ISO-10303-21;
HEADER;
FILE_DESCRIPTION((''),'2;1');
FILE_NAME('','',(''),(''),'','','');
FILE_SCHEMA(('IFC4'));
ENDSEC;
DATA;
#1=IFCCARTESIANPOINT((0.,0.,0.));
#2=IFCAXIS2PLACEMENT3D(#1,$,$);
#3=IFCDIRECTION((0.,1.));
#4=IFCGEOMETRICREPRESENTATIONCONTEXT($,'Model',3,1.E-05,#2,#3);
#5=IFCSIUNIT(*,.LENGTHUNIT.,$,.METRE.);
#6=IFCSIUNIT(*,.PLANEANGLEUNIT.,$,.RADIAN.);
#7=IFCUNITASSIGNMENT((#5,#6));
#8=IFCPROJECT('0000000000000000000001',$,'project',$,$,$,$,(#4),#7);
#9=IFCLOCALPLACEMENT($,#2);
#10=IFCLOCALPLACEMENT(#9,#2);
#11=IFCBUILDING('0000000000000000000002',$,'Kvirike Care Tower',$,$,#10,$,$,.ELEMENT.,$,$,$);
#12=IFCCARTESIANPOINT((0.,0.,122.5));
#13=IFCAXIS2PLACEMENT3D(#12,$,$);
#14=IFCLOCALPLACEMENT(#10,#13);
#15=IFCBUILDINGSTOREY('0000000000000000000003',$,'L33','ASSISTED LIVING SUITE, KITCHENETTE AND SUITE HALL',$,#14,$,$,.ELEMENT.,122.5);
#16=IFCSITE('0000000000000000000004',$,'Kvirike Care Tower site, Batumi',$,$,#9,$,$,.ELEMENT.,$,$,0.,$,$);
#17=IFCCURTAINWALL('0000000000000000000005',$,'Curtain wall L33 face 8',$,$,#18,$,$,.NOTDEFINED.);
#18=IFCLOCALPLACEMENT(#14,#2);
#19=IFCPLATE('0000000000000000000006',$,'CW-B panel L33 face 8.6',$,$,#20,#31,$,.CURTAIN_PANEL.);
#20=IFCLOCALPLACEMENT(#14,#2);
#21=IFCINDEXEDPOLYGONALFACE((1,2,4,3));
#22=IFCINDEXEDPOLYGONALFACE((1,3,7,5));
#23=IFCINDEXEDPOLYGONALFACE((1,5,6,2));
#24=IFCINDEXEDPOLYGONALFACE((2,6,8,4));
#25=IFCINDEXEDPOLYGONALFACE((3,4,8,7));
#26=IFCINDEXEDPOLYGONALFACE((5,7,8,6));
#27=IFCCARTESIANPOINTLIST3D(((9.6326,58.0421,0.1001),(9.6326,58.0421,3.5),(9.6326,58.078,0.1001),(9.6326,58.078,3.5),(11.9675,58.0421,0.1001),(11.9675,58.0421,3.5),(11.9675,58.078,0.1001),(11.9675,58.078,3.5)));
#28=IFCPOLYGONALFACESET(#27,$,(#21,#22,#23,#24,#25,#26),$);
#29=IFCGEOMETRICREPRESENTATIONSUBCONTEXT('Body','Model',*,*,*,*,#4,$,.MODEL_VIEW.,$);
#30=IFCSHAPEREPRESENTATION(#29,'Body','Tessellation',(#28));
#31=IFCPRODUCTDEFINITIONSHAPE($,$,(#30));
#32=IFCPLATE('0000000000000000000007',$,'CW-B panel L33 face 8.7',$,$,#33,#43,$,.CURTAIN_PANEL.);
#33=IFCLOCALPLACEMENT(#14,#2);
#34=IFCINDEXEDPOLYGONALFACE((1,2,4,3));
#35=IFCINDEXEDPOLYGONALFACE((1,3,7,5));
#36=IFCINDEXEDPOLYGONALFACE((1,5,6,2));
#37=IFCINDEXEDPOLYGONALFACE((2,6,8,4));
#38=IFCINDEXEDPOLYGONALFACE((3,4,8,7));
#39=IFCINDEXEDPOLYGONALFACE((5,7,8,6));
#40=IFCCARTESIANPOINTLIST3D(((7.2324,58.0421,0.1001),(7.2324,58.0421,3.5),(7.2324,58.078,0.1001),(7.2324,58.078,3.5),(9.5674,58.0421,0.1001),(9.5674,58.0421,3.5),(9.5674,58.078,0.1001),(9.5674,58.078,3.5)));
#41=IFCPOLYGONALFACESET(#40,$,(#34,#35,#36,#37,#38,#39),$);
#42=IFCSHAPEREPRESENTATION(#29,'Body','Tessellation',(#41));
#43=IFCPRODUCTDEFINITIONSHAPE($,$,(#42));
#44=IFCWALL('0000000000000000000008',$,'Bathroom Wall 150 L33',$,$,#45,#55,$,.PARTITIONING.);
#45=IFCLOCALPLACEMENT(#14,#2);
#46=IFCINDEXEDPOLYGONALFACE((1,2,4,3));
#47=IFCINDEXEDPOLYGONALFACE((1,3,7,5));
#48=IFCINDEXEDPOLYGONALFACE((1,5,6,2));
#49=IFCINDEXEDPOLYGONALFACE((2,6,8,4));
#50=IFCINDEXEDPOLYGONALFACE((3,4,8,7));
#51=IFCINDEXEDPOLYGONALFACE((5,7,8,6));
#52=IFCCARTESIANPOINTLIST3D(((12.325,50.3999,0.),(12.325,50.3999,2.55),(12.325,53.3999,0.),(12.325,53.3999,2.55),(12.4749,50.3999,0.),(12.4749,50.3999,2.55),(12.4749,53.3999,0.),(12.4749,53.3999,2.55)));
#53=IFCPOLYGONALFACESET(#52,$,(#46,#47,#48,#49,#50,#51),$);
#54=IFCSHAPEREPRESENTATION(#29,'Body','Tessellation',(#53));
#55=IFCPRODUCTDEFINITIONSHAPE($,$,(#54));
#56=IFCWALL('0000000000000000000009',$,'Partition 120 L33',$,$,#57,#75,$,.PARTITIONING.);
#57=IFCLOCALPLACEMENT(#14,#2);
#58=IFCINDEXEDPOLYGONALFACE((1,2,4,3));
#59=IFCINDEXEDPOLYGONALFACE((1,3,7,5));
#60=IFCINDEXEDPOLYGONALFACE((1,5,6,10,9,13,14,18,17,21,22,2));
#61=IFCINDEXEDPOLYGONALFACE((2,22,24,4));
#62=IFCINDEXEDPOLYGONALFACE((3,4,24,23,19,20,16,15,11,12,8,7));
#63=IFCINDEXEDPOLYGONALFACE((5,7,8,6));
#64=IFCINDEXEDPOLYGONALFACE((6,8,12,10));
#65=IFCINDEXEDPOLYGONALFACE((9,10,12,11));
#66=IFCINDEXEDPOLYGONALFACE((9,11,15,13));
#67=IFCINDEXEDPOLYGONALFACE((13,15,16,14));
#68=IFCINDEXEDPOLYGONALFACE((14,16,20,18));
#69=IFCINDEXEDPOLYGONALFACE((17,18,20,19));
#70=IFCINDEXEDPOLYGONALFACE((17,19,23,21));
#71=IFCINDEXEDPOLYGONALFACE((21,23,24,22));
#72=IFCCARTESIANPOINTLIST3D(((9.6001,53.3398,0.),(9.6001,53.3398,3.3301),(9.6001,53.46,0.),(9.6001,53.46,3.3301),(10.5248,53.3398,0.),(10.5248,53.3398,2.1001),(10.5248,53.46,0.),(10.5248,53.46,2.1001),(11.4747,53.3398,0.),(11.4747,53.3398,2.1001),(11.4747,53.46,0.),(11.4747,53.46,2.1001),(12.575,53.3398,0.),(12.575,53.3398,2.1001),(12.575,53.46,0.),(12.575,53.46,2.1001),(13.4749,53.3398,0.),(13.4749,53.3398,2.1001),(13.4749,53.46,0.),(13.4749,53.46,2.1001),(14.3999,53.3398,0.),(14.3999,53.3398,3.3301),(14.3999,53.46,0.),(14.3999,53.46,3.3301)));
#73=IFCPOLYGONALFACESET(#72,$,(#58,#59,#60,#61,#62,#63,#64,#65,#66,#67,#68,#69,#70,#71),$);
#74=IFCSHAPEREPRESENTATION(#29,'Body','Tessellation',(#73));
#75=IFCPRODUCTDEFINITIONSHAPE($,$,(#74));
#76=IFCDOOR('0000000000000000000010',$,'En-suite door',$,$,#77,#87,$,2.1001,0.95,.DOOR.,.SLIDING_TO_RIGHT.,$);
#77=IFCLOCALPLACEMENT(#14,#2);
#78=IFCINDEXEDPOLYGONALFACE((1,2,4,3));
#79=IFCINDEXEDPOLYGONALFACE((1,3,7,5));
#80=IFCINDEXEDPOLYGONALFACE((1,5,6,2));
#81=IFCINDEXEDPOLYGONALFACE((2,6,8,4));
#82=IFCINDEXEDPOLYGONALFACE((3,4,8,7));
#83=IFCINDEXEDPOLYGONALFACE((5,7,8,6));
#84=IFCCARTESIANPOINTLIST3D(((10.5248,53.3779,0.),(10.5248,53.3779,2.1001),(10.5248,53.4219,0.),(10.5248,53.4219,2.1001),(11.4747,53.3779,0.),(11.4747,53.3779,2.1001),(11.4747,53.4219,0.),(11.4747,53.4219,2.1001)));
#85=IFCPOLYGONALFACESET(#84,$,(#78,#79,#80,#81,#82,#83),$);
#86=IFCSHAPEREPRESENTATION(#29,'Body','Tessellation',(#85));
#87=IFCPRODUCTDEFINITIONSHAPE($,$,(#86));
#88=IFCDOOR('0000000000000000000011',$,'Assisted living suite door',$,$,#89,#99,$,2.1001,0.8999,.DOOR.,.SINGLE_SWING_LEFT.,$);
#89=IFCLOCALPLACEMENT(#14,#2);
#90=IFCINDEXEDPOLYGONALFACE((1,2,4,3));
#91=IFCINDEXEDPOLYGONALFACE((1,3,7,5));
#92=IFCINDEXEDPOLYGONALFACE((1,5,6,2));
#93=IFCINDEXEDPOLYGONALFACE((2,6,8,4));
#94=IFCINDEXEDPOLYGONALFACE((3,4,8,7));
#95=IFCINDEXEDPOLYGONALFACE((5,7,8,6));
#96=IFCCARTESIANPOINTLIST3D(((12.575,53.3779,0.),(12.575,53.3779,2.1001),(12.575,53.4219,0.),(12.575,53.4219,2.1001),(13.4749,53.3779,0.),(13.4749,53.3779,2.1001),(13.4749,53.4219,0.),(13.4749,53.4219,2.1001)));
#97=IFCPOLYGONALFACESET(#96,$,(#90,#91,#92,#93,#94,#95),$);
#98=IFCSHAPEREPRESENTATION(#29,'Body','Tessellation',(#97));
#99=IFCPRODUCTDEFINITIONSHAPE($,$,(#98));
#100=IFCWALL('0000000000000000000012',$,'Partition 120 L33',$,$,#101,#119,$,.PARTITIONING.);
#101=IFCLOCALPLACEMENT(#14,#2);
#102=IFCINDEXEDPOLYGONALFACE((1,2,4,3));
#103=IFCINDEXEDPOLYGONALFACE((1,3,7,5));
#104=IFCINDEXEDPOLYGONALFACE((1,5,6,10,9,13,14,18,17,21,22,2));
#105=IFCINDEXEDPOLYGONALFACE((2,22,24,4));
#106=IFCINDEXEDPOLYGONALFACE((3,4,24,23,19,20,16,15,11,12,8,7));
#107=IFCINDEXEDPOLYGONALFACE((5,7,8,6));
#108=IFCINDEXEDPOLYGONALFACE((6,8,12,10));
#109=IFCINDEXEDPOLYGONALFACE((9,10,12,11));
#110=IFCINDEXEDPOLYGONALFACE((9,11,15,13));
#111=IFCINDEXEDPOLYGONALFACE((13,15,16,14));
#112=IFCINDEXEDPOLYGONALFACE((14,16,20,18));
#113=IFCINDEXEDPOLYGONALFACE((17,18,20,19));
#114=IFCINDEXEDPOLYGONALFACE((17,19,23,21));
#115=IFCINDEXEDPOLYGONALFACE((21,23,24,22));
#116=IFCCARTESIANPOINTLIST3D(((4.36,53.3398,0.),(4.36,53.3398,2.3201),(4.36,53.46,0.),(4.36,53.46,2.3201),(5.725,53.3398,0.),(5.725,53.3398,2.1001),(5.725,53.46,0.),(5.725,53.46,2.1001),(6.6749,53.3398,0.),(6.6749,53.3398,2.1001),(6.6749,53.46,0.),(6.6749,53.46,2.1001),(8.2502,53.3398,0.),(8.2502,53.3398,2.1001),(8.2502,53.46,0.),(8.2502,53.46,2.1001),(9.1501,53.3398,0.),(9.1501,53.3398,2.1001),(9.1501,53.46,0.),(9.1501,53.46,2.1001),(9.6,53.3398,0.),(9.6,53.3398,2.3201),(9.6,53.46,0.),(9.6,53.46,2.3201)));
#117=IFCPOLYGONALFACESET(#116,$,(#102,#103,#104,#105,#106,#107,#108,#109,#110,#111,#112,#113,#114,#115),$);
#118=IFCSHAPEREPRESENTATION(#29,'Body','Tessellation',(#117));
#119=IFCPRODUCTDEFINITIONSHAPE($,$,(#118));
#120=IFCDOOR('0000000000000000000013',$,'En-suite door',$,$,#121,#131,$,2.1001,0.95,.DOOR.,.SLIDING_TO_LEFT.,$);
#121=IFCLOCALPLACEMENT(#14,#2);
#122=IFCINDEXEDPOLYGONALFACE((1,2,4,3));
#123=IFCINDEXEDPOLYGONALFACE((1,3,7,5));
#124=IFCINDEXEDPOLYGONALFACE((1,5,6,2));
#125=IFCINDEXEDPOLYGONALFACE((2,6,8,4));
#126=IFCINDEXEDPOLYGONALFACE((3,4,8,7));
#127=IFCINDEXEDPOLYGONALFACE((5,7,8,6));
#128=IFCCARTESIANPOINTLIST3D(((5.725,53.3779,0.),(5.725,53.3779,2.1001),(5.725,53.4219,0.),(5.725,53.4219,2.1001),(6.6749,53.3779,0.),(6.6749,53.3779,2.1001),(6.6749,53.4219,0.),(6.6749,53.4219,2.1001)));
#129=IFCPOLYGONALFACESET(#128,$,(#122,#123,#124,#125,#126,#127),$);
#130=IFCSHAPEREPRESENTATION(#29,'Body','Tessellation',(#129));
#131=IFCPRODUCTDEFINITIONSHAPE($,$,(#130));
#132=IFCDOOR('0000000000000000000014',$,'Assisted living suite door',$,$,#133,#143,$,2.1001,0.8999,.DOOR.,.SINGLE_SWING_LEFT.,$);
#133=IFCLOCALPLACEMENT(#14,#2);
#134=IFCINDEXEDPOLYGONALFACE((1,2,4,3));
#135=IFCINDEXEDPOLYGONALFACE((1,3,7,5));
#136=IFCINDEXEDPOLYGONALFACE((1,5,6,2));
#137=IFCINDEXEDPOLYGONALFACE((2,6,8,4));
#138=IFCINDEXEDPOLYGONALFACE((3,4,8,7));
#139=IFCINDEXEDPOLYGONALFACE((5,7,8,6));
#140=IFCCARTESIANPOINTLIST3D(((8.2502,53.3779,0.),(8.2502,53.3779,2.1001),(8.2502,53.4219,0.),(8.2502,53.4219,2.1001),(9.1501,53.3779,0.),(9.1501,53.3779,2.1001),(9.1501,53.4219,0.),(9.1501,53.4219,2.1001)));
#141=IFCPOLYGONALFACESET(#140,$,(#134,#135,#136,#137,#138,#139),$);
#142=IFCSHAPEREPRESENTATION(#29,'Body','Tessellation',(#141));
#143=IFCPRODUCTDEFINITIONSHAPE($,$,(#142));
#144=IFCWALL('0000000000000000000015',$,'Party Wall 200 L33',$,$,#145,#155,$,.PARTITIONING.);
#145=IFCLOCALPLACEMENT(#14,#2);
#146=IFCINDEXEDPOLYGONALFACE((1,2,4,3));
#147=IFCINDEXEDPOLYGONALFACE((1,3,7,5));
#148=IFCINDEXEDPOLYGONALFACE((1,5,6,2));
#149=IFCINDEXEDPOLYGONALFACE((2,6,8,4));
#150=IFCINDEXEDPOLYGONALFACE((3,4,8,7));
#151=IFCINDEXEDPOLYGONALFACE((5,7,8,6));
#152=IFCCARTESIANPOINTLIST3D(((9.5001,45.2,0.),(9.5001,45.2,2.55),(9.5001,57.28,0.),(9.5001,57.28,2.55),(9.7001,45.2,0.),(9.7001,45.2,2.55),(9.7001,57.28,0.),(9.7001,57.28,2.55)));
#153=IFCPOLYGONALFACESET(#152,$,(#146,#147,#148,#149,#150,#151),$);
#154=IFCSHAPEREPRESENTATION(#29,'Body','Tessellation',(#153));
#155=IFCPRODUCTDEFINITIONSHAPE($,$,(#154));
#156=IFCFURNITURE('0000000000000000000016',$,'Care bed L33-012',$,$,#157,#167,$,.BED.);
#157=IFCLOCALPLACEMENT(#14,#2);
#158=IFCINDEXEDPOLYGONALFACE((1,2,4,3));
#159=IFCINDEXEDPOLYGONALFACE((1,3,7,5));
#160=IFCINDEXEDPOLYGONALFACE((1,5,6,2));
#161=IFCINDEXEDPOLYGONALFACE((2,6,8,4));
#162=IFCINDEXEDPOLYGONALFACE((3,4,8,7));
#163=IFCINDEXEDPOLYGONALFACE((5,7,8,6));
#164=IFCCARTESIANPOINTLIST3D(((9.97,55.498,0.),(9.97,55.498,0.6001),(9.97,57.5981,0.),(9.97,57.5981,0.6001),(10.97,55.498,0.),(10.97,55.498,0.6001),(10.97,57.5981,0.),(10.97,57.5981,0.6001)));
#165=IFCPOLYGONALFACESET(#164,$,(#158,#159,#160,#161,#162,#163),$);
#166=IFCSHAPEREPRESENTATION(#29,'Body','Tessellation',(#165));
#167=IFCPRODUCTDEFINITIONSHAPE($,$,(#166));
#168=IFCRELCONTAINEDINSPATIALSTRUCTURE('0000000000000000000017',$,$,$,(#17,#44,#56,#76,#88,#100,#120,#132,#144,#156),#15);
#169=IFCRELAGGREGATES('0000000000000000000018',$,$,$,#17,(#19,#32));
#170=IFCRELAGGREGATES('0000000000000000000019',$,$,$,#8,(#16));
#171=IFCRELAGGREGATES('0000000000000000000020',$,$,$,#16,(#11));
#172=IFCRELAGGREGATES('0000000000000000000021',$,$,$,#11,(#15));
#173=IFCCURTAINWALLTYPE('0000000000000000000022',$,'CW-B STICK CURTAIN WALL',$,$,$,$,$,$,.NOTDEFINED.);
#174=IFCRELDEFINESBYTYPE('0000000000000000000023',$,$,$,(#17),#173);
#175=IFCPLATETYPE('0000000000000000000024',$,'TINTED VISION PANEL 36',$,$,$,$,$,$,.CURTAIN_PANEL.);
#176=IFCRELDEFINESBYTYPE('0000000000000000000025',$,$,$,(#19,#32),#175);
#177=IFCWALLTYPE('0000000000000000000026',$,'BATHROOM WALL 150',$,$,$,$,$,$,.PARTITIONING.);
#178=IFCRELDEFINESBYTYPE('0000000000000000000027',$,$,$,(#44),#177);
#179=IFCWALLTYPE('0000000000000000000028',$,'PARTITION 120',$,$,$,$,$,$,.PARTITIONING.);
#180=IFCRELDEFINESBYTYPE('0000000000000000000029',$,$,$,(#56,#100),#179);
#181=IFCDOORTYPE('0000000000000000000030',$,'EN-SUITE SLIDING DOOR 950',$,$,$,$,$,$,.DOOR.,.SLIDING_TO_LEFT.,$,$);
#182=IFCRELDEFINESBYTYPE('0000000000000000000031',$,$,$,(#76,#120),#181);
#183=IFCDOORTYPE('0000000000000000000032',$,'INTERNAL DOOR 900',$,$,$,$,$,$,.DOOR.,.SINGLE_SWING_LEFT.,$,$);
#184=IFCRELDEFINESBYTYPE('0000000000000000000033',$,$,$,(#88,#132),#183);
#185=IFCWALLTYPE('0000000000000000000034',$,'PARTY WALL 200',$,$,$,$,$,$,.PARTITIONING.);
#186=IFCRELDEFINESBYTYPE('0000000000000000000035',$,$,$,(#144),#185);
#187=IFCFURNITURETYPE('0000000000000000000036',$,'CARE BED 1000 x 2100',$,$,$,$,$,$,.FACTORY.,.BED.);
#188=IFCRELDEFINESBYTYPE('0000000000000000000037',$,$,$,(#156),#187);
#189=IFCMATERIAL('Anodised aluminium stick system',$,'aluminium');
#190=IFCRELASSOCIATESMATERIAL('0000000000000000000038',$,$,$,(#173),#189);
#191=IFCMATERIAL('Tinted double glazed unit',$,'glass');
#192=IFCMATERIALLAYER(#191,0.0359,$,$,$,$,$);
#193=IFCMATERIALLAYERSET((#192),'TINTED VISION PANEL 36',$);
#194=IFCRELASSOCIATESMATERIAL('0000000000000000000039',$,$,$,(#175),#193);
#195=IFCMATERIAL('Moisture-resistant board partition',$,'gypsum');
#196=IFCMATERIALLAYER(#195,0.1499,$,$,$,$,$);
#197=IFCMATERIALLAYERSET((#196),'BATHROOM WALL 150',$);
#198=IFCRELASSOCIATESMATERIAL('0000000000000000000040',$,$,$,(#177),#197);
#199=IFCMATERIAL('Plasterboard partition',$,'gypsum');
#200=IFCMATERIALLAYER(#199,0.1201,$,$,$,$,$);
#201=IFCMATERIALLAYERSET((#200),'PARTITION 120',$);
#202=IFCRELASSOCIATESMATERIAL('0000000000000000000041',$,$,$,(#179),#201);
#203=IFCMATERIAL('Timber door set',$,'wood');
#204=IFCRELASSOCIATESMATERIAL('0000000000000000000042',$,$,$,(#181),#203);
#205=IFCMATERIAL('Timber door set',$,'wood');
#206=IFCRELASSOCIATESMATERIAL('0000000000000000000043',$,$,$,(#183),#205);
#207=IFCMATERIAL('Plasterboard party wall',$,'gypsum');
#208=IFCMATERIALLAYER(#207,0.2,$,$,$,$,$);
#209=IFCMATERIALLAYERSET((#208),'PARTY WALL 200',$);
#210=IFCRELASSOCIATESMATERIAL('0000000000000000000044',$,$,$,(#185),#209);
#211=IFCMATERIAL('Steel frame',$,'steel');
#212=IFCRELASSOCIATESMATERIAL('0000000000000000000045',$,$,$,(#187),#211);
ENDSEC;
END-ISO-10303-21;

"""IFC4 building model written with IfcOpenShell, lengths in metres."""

from ifc_helpers import new_model, si_unit, direction, frame, frame_2d, origin, origin_2d, place, context, subcontext, project, spatial, rectangle, extrude, material, layer, layer_set, type_object, element, fill, aggregate, save


model = new_model("IFC4")

# Units and contexts
model_context = context("Model", 3, precision=1e-05, world=origin(), true_north=direction((0.0, 1.0)))
body_context = subcontext(model_context, "Body", "Model", "MODEL_VIEW")
ifc_project = project(units=[si_unit("LENGTHUNIT", "METRE"), si_unit("PLANEANGLEUNIT", "RADIAN")], contexts=[model_context])

# Site, building, storey
site_placement = place(None, origin())
site = spatial("IfcSite", under=ifc_project, at=site_placement, Name="Kvirike Care Tower site, Batumi", CompositionType="ELEMENT", RefElevation=0.0)
building_placement = place(site_placement, origin())
building = spatial("IfcBuilding", under=site, at=building_placement, Name="Kvirike Care Tower", CompositionType="ELEMENT")
storey_placement = place(building_placement, frame((0.0, 0.0, 122.5)))
storey = spatial("IfcBuildingStorey", under=building, at=storey_placement, Name="L33", Description="ASSISTED LIVING SUITE, KITCHENETTE AND SUITE HALL", CompositionType="ELEMENT", Elevation=122.5)

# Curtain wall
ifc_material_1 = material(Name="Anodised aluminium stick system", Category="aluminium")
curtain_wall_type = type_object("IfcCurtainWallType", Name="CW-B STICK CURTAIN WALL", PredefinedType="NOTDEFINED", material=ifc_material_1)
curtain_wall_placement = place(storey_placement, origin())
curtain_wall = element("IfcCurtainWall", 1, at=curtain_wall_placement, inside=storey, type_object=curtain_wall_type, Name="Curtain wall L33 face 8", PredefinedType="NOTDEFINED")

# Plates
ifc_material_2 = material(Name="Tinted double glazed unit", Category="glass")
ifc_layer_1 = layer(ifc_material_2, 0.0359)
ifc_layer_set_1 = layer_set([ifc_layer_1], Name="TINTED VISION PANEL 36")
plate_type = type_object("IfcPlateType", Name="TINTED VISION PANEL 36", PredefinedType="CURTAIN_PANEL", material=ifc_layer_set_1)
plate_1_placement = place(storey_placement, frame((10.8, 58.0601, 0.1001), z_axis=(0.0, 0.0, 1.0), x_axis=(-1.0, 0.0, 0.0)))
plate_1 = element("IfcPlate", 2, at=plate_1_placement, type_object=plate_type, Name="CW-B panel L33 face 8.6", PredefinedType="CURTAIN_PANEL", context=body_context, shape_type="SweptSolid", body=[
    extrude(rectangle(XDim=2.335, YDim=0.0359, at=origin_2d()), origin(), (0.0, 0.0, 1.0), 3.3999),
])
plate_2_placement = place(storey_placement, frame((8.3999, 58.0601, 0.1001), z_axis=(0.0, 0.0, 1.0), x_axis=(-1.0, 0.0, 0.0)))
plate_2 = element("IfcPlate", 3, at=plate_2_placement, type_object=plate_type, Name="CW-B panel L33 face 8.7", PredefinedType="CURTAIN_PANEL", context=body_context, shape_type="SweptSolid", body=[
    extrude(rectangle(XDim=2.335, YDim=0.0359, at=origin_2d()), origin(), (0.0, 0.0, 1.0), 3.3999),
])
aggregate(curtain_wall, [plate_1, plate_2])

# Wall
ifc_material_3 = material(Name="Moisture-resistant board partition", Category="gypsum")
ifc_layer_2 = layer(ifc_material_3, 0.1499)
ifc_layer_set_2 = layer_set([ifc_layer_2], Name="BATHROOM WALL 150")
wall_type_1 = type_object("IfcWallType", Name="BATHROOM WALL 150", PredefinedType="PARTITIONING", material=ifc_layer_set_2)
wall_1_placement = place(storey_placement, frame((12.3999, 53.3999, 0.0), z_axis=(0.0, 0.0, 1.0), x_axis=(0.0, -1.0, 0.0)))
element("IfcWall", 4, at=wall_1_placement, inside=storey, type_object=wall_type_1, Name="Bathroom Wall 150 L33", PredefinedType="PARTITIONING", context=body_context, shape_type="SweptSolid", body=[
    extrude(rectangle(XDim=3.0, YDim=0.1499, at=frame_2d((1.5, 0.0))), origin(), (0.0, 0.0, 1.0), 2.55),
])

# Walls, openings, doors
ifc_material_4 = material(Name="Plasterboard partition", Category="gypsum")
ifc_layer_3 = layer(ifc_material_4, 0.1201)
ifc_layer_set_3 = layer_set([ifc_layer_3], Name="PARTITION 120")
wall_type_2 = type_object("IfcWallType", Name="PARTITION 120", PredefinedType="PARTITIONING", material=ifc_layer_set_3)
wall_2_placement = place(storey_placement, frame((14.3999, 53.3999, 0.0), z_axis=(0.0, 0.0, 1.0), x_axis=(-1.0, 0.0, 0.0)))
wall_2 = element("IfcWall", 5, at=wall_2_placement, inside=storey, type_object=wall_type_2, Name="Partition 120 L33", PredefinedType="PARTITIONING", context=body_context, shape_type="SweptSolid", body=[
    extrude(rectangle(XDim=4.7998, YDim=0.1201, at=frame_2d((2.3999, 0.0))), origin(), (0.0, 0.0, 1.0), 3.3301),
])
opening_1_placement = place(wall_2_placement, frame((0.925, 0.0, 0.0)))
opening_1 = element("IfcOpeningElement", 6, at=opening_1_placement, cuts=wall_2, PredefinedType="OPENING", context=body_context, shape_type="SweptSolid", body=[
    extrude(rectangle(XDim=0.8999, YDim=2.1001, at=frame_2d((0.45, 1.05))), frame((0.0, 0.0706, 0.0), z_axis=(0.0, -1.0, 0.0), x_axis=(1.0, 0.0, 0.0)), (0.0, 0.0, 1.0), 0.1411),
])
opening_2_placement = place(wall_2_placement, frame((2.925, 0.0, 0.0)))
opening_2 = element("IfcOpeningElement", 7, at=opening_2_placement, cuts=wall_2, PredefinedType="OPENING", context=body_context, shape_type="SweptSolid", body=[
    extrude(rectangle(XDim=0.95, YDim=2.1001, at=frame_2d((0.4751, 1.05))), frame((0.0, 0.0706, 0.0), z_axis=(0.0, -1.0, 0.0), x_axis=(1.0, 0.0, 0.0)), (0.0, 0.0, 1.0), 0.1411),
])
ifc_material_5 = material(Name="Timber door set", Category="wood")
door_type_1 = type_object("IfcDoorType", Name="EN-SUITE SLIDING DOOR 950", OperationType="SLIDING_TO_LEFT", PredefinedType="DOOR", material=ifc_material_5)
door_1_placement = place(opening_2_placement, origin())
door_1 = element("IfcDoor", 8, at=door_1_placement, inside=storey, type_object=door_type_1, Name="En-suite door", OperationType="SLIDING_TO_RIGHT", OverallHeight=2.1001, OverallWidth=0.95, PredefinedType="DOOR", context=body_context, shape_type="SweptSolid", body=[
    extrude(rectangle(XDim=0.95, YDim=2.1001, at=frame_2d((0.4751, 1.05))), frame((0.0, 0.022, 0.0), z_axis=(0.0, -1.0, 0.0), x_axis=(1.0, 0.0, 0.0)), (0.0, 0.0, 1.0), 0.0439),
])
fill(opening_2, door_1)
ifc_material_6 = material(Name="Timber door set", Category="wood")
door_type_2 = type_object("IfcDoorType", Name="INTERNAL DOOR 900", OperationType="SINGLE_SWING_LEFT", PredefinedType="DOOR", material=ifc_material_6)
door_2_placement = place(opening_1_placement, origin())
door_2 = element("IfcDoor", 9, at=door_2_placement, inside=storey, type_object=door_type_2, Name="Assisted living suite door", OperationType="SINGLE_SWING_LEFT", OverallHeight=2.1001, OverallWidth=0.8999, PredefinedType="DOOR", context=body_context, shape_type="SweptSolid", body=[
    extrude(rectangle(XDim=0.8999, YDim=2.1001, at=frame_2d((0.45, 1.05))), frame((0.0, 0.022, 0.0), z_axis=(0.0, -1.0, 0.0), x_axis=(1.0, 0.0, 0.0)), (0.0, 0.0, 1.0), 0.0439),
])
fill(opening_1, door_2)
wall_3_placement = place(storey_placement, frame((9.6001, 53.3999, 0.0), z_axis=(0.0, 0.0, 1.0), x_axis=(-1.0, 0.0, 0.0)))
wall_3 = element("IfcWall", 10, at=wall_3_placement, inside=storey, type_object=wall_type_2, Name="Partition 120 L33", PredefinedType="PARTITIONING", context=body_context, shape_type="SweptSolid", body=[
    extrude(rectangle(XDim=5.24, YDim=0.1201, at=frame_2d((2.6201, 0.0))), origin(), (0.0, 0.0, 1.0), 2.3201),
])
opening_3_placement = place(wall_3_placement, frame((0.45, 0.0, 0.0)))
opening_3 = element("IfcOpeningElement", 11, at=opening_3_placement, cuts=wall_3, PredefinedType="OPENING", context=body_context, shape_type="SweptSolid", body=[
    extrude(rectangle(XDim=0.8999, YDim=2.1001, at=frame_2d((0.45, 1.05))), frame((0.0, 0.0706, 0.0), z_axis=(0.0, -1.0, 0.0), x_axis=(1.0, 0.0, 0.0)), (0.0, 0.0, 1.0), 0.1411),
])
opening_4_placement = place(wall_3_placement, frame((2.925, 0.0, 0.0)))
opening_4 = element("IfcOpeningElement", 12, at=opening_4_placement, cuts=wall_3, PredefinedType="OPENING", context=body_context, shape_type="SweptSolid", body=[
    extrude(rectangle(XDim=0.95, YDim=2.1001, at=frame_2d((0.4751, 1.05))), frame((0.0, 0.0706, 0.0), z_axis=(0.0, -1.0, 0.0), x_axis=(1.0, 0.0, 0.0)), (0.0, 0.0, 1.0), 0.1411),
])
door_3_placement = place(opening_4_placement, origin())
door_3 = element("IfcDoor", 13, at=door_3_placement, inside=storey, type_object=door_type_1, Name="En-suite door", OperationType="SLIDING_TO_LEFT", OverallHeight=2.1001, OverallWidth=0.95, PredefinedType="DOOR", context=body_context, shape_type="SweptSolid", body=[
    extrude(rectangle(XDim=0.95, YDim=2.1001, at=frame_2d((0.4751, 1.05))), frame((0.0, 0.022, 0.0), z_axis=(0.0, -1.0, 0.0), x_axis=(1.0, 0.0, 0.0)), (0.0, 0.0, 1.0), 0.0439),
])
fill(opening_4, door_3)
door_4_placement = place(opening_3_placement, frame((0.8999, 0.0, 0.0), z_axis=(0.0, 0.0, 1.0), x_axis=(-1.0, 0.0, 0.0)))
door_4 = element("IfcDoor", 14, at=door_4_placement, inside=storey, type_object=door_type_2, Name="Assisted living suite door", OperationType="SINGLE_SWING_LEFT", OverallHeight=2.1001, OverallWidth=0.8999, PredefinedType="DOOR", context=body_context, shape_type="SweptSolid", body=[
    extrude(rectangle(XDim=0.8999, YDim=2.1001, at=frame_2d((0.45, 1.05))), frame((0.0, 0.022, 0.0), z_axis=(0.0, -1.0, 0.0), x_axis=(1.0, 0.0, 0.0)), (0.0, 0.0, 1.0), 0.0439),
])
fill(opening_3, door_4)

# Wall
ifc_material_7 = material(Name="Plasterboard party wall", Category="gypsum")
ifc_layer_4 = layer(ifc_material_7, 0.2)
ifc_layer_set_4 = layer_set([ifc_layer_4], Name="PARTY WALL 200")
wall_type_3 = type_object("IfcWallType", Name="PARTY WALL 200", PredefinedType="PARTITIONING", material=ifc_layer_set_4)
wall_4_placement = place(storey_placement, frame((9.6001, 57.28, 0.0), z_axis=(0.0, 0.0, 1.0), x_axis=(0.0, -1.0, 0.0)))
element("IfcWall", 15, at=wall_4_placement, inside=storey, type_object=wall_type_3, Name="Party Wall 200 L33", PredefinedType="PARTITIONING", context=body_context, shape_type="SweptSolid", body=[
    extrude(rectangle(XDim=12.0801, YDim=0.2, at=frame_2d((6.04, 0.0))), origin(), (0.0, 0.0, 1.0), 2.55),
])

# Furniture
ifc_material_8 = material(Name="Steel frame", Category="steel")
furniture_type = type_object("IfcFurnitureType", Name="CARE BED 1000 x 2100", AssemblyPlace="FACTORY", PredefinedType="BED", material=ifc_material_8)
for number, where, z_axis, x_axis, name in (
    (16, (10.47, 56.5481, 0.0), (0.0, 0.0, 1.0), (1.0, 0.0, 0.0), "Care bed L33-012"),
):
    element("IfcFurniture", number, at=place(storey_placement, frame(where, z_axis=z_axis, x_axis=x_axis)), inside=storey, type_object=furniture_type, Name=name, PredefinedType="BED", context=body_context, shape_type="SweptSolid", body=[
        extrude(rectangle(XDim=1.0, YDim=2.1001, at=origin_2d()), origin(), (0.0, 0.0, 1.0), 0.6001),
    ])

save(model, "model.ifc")
